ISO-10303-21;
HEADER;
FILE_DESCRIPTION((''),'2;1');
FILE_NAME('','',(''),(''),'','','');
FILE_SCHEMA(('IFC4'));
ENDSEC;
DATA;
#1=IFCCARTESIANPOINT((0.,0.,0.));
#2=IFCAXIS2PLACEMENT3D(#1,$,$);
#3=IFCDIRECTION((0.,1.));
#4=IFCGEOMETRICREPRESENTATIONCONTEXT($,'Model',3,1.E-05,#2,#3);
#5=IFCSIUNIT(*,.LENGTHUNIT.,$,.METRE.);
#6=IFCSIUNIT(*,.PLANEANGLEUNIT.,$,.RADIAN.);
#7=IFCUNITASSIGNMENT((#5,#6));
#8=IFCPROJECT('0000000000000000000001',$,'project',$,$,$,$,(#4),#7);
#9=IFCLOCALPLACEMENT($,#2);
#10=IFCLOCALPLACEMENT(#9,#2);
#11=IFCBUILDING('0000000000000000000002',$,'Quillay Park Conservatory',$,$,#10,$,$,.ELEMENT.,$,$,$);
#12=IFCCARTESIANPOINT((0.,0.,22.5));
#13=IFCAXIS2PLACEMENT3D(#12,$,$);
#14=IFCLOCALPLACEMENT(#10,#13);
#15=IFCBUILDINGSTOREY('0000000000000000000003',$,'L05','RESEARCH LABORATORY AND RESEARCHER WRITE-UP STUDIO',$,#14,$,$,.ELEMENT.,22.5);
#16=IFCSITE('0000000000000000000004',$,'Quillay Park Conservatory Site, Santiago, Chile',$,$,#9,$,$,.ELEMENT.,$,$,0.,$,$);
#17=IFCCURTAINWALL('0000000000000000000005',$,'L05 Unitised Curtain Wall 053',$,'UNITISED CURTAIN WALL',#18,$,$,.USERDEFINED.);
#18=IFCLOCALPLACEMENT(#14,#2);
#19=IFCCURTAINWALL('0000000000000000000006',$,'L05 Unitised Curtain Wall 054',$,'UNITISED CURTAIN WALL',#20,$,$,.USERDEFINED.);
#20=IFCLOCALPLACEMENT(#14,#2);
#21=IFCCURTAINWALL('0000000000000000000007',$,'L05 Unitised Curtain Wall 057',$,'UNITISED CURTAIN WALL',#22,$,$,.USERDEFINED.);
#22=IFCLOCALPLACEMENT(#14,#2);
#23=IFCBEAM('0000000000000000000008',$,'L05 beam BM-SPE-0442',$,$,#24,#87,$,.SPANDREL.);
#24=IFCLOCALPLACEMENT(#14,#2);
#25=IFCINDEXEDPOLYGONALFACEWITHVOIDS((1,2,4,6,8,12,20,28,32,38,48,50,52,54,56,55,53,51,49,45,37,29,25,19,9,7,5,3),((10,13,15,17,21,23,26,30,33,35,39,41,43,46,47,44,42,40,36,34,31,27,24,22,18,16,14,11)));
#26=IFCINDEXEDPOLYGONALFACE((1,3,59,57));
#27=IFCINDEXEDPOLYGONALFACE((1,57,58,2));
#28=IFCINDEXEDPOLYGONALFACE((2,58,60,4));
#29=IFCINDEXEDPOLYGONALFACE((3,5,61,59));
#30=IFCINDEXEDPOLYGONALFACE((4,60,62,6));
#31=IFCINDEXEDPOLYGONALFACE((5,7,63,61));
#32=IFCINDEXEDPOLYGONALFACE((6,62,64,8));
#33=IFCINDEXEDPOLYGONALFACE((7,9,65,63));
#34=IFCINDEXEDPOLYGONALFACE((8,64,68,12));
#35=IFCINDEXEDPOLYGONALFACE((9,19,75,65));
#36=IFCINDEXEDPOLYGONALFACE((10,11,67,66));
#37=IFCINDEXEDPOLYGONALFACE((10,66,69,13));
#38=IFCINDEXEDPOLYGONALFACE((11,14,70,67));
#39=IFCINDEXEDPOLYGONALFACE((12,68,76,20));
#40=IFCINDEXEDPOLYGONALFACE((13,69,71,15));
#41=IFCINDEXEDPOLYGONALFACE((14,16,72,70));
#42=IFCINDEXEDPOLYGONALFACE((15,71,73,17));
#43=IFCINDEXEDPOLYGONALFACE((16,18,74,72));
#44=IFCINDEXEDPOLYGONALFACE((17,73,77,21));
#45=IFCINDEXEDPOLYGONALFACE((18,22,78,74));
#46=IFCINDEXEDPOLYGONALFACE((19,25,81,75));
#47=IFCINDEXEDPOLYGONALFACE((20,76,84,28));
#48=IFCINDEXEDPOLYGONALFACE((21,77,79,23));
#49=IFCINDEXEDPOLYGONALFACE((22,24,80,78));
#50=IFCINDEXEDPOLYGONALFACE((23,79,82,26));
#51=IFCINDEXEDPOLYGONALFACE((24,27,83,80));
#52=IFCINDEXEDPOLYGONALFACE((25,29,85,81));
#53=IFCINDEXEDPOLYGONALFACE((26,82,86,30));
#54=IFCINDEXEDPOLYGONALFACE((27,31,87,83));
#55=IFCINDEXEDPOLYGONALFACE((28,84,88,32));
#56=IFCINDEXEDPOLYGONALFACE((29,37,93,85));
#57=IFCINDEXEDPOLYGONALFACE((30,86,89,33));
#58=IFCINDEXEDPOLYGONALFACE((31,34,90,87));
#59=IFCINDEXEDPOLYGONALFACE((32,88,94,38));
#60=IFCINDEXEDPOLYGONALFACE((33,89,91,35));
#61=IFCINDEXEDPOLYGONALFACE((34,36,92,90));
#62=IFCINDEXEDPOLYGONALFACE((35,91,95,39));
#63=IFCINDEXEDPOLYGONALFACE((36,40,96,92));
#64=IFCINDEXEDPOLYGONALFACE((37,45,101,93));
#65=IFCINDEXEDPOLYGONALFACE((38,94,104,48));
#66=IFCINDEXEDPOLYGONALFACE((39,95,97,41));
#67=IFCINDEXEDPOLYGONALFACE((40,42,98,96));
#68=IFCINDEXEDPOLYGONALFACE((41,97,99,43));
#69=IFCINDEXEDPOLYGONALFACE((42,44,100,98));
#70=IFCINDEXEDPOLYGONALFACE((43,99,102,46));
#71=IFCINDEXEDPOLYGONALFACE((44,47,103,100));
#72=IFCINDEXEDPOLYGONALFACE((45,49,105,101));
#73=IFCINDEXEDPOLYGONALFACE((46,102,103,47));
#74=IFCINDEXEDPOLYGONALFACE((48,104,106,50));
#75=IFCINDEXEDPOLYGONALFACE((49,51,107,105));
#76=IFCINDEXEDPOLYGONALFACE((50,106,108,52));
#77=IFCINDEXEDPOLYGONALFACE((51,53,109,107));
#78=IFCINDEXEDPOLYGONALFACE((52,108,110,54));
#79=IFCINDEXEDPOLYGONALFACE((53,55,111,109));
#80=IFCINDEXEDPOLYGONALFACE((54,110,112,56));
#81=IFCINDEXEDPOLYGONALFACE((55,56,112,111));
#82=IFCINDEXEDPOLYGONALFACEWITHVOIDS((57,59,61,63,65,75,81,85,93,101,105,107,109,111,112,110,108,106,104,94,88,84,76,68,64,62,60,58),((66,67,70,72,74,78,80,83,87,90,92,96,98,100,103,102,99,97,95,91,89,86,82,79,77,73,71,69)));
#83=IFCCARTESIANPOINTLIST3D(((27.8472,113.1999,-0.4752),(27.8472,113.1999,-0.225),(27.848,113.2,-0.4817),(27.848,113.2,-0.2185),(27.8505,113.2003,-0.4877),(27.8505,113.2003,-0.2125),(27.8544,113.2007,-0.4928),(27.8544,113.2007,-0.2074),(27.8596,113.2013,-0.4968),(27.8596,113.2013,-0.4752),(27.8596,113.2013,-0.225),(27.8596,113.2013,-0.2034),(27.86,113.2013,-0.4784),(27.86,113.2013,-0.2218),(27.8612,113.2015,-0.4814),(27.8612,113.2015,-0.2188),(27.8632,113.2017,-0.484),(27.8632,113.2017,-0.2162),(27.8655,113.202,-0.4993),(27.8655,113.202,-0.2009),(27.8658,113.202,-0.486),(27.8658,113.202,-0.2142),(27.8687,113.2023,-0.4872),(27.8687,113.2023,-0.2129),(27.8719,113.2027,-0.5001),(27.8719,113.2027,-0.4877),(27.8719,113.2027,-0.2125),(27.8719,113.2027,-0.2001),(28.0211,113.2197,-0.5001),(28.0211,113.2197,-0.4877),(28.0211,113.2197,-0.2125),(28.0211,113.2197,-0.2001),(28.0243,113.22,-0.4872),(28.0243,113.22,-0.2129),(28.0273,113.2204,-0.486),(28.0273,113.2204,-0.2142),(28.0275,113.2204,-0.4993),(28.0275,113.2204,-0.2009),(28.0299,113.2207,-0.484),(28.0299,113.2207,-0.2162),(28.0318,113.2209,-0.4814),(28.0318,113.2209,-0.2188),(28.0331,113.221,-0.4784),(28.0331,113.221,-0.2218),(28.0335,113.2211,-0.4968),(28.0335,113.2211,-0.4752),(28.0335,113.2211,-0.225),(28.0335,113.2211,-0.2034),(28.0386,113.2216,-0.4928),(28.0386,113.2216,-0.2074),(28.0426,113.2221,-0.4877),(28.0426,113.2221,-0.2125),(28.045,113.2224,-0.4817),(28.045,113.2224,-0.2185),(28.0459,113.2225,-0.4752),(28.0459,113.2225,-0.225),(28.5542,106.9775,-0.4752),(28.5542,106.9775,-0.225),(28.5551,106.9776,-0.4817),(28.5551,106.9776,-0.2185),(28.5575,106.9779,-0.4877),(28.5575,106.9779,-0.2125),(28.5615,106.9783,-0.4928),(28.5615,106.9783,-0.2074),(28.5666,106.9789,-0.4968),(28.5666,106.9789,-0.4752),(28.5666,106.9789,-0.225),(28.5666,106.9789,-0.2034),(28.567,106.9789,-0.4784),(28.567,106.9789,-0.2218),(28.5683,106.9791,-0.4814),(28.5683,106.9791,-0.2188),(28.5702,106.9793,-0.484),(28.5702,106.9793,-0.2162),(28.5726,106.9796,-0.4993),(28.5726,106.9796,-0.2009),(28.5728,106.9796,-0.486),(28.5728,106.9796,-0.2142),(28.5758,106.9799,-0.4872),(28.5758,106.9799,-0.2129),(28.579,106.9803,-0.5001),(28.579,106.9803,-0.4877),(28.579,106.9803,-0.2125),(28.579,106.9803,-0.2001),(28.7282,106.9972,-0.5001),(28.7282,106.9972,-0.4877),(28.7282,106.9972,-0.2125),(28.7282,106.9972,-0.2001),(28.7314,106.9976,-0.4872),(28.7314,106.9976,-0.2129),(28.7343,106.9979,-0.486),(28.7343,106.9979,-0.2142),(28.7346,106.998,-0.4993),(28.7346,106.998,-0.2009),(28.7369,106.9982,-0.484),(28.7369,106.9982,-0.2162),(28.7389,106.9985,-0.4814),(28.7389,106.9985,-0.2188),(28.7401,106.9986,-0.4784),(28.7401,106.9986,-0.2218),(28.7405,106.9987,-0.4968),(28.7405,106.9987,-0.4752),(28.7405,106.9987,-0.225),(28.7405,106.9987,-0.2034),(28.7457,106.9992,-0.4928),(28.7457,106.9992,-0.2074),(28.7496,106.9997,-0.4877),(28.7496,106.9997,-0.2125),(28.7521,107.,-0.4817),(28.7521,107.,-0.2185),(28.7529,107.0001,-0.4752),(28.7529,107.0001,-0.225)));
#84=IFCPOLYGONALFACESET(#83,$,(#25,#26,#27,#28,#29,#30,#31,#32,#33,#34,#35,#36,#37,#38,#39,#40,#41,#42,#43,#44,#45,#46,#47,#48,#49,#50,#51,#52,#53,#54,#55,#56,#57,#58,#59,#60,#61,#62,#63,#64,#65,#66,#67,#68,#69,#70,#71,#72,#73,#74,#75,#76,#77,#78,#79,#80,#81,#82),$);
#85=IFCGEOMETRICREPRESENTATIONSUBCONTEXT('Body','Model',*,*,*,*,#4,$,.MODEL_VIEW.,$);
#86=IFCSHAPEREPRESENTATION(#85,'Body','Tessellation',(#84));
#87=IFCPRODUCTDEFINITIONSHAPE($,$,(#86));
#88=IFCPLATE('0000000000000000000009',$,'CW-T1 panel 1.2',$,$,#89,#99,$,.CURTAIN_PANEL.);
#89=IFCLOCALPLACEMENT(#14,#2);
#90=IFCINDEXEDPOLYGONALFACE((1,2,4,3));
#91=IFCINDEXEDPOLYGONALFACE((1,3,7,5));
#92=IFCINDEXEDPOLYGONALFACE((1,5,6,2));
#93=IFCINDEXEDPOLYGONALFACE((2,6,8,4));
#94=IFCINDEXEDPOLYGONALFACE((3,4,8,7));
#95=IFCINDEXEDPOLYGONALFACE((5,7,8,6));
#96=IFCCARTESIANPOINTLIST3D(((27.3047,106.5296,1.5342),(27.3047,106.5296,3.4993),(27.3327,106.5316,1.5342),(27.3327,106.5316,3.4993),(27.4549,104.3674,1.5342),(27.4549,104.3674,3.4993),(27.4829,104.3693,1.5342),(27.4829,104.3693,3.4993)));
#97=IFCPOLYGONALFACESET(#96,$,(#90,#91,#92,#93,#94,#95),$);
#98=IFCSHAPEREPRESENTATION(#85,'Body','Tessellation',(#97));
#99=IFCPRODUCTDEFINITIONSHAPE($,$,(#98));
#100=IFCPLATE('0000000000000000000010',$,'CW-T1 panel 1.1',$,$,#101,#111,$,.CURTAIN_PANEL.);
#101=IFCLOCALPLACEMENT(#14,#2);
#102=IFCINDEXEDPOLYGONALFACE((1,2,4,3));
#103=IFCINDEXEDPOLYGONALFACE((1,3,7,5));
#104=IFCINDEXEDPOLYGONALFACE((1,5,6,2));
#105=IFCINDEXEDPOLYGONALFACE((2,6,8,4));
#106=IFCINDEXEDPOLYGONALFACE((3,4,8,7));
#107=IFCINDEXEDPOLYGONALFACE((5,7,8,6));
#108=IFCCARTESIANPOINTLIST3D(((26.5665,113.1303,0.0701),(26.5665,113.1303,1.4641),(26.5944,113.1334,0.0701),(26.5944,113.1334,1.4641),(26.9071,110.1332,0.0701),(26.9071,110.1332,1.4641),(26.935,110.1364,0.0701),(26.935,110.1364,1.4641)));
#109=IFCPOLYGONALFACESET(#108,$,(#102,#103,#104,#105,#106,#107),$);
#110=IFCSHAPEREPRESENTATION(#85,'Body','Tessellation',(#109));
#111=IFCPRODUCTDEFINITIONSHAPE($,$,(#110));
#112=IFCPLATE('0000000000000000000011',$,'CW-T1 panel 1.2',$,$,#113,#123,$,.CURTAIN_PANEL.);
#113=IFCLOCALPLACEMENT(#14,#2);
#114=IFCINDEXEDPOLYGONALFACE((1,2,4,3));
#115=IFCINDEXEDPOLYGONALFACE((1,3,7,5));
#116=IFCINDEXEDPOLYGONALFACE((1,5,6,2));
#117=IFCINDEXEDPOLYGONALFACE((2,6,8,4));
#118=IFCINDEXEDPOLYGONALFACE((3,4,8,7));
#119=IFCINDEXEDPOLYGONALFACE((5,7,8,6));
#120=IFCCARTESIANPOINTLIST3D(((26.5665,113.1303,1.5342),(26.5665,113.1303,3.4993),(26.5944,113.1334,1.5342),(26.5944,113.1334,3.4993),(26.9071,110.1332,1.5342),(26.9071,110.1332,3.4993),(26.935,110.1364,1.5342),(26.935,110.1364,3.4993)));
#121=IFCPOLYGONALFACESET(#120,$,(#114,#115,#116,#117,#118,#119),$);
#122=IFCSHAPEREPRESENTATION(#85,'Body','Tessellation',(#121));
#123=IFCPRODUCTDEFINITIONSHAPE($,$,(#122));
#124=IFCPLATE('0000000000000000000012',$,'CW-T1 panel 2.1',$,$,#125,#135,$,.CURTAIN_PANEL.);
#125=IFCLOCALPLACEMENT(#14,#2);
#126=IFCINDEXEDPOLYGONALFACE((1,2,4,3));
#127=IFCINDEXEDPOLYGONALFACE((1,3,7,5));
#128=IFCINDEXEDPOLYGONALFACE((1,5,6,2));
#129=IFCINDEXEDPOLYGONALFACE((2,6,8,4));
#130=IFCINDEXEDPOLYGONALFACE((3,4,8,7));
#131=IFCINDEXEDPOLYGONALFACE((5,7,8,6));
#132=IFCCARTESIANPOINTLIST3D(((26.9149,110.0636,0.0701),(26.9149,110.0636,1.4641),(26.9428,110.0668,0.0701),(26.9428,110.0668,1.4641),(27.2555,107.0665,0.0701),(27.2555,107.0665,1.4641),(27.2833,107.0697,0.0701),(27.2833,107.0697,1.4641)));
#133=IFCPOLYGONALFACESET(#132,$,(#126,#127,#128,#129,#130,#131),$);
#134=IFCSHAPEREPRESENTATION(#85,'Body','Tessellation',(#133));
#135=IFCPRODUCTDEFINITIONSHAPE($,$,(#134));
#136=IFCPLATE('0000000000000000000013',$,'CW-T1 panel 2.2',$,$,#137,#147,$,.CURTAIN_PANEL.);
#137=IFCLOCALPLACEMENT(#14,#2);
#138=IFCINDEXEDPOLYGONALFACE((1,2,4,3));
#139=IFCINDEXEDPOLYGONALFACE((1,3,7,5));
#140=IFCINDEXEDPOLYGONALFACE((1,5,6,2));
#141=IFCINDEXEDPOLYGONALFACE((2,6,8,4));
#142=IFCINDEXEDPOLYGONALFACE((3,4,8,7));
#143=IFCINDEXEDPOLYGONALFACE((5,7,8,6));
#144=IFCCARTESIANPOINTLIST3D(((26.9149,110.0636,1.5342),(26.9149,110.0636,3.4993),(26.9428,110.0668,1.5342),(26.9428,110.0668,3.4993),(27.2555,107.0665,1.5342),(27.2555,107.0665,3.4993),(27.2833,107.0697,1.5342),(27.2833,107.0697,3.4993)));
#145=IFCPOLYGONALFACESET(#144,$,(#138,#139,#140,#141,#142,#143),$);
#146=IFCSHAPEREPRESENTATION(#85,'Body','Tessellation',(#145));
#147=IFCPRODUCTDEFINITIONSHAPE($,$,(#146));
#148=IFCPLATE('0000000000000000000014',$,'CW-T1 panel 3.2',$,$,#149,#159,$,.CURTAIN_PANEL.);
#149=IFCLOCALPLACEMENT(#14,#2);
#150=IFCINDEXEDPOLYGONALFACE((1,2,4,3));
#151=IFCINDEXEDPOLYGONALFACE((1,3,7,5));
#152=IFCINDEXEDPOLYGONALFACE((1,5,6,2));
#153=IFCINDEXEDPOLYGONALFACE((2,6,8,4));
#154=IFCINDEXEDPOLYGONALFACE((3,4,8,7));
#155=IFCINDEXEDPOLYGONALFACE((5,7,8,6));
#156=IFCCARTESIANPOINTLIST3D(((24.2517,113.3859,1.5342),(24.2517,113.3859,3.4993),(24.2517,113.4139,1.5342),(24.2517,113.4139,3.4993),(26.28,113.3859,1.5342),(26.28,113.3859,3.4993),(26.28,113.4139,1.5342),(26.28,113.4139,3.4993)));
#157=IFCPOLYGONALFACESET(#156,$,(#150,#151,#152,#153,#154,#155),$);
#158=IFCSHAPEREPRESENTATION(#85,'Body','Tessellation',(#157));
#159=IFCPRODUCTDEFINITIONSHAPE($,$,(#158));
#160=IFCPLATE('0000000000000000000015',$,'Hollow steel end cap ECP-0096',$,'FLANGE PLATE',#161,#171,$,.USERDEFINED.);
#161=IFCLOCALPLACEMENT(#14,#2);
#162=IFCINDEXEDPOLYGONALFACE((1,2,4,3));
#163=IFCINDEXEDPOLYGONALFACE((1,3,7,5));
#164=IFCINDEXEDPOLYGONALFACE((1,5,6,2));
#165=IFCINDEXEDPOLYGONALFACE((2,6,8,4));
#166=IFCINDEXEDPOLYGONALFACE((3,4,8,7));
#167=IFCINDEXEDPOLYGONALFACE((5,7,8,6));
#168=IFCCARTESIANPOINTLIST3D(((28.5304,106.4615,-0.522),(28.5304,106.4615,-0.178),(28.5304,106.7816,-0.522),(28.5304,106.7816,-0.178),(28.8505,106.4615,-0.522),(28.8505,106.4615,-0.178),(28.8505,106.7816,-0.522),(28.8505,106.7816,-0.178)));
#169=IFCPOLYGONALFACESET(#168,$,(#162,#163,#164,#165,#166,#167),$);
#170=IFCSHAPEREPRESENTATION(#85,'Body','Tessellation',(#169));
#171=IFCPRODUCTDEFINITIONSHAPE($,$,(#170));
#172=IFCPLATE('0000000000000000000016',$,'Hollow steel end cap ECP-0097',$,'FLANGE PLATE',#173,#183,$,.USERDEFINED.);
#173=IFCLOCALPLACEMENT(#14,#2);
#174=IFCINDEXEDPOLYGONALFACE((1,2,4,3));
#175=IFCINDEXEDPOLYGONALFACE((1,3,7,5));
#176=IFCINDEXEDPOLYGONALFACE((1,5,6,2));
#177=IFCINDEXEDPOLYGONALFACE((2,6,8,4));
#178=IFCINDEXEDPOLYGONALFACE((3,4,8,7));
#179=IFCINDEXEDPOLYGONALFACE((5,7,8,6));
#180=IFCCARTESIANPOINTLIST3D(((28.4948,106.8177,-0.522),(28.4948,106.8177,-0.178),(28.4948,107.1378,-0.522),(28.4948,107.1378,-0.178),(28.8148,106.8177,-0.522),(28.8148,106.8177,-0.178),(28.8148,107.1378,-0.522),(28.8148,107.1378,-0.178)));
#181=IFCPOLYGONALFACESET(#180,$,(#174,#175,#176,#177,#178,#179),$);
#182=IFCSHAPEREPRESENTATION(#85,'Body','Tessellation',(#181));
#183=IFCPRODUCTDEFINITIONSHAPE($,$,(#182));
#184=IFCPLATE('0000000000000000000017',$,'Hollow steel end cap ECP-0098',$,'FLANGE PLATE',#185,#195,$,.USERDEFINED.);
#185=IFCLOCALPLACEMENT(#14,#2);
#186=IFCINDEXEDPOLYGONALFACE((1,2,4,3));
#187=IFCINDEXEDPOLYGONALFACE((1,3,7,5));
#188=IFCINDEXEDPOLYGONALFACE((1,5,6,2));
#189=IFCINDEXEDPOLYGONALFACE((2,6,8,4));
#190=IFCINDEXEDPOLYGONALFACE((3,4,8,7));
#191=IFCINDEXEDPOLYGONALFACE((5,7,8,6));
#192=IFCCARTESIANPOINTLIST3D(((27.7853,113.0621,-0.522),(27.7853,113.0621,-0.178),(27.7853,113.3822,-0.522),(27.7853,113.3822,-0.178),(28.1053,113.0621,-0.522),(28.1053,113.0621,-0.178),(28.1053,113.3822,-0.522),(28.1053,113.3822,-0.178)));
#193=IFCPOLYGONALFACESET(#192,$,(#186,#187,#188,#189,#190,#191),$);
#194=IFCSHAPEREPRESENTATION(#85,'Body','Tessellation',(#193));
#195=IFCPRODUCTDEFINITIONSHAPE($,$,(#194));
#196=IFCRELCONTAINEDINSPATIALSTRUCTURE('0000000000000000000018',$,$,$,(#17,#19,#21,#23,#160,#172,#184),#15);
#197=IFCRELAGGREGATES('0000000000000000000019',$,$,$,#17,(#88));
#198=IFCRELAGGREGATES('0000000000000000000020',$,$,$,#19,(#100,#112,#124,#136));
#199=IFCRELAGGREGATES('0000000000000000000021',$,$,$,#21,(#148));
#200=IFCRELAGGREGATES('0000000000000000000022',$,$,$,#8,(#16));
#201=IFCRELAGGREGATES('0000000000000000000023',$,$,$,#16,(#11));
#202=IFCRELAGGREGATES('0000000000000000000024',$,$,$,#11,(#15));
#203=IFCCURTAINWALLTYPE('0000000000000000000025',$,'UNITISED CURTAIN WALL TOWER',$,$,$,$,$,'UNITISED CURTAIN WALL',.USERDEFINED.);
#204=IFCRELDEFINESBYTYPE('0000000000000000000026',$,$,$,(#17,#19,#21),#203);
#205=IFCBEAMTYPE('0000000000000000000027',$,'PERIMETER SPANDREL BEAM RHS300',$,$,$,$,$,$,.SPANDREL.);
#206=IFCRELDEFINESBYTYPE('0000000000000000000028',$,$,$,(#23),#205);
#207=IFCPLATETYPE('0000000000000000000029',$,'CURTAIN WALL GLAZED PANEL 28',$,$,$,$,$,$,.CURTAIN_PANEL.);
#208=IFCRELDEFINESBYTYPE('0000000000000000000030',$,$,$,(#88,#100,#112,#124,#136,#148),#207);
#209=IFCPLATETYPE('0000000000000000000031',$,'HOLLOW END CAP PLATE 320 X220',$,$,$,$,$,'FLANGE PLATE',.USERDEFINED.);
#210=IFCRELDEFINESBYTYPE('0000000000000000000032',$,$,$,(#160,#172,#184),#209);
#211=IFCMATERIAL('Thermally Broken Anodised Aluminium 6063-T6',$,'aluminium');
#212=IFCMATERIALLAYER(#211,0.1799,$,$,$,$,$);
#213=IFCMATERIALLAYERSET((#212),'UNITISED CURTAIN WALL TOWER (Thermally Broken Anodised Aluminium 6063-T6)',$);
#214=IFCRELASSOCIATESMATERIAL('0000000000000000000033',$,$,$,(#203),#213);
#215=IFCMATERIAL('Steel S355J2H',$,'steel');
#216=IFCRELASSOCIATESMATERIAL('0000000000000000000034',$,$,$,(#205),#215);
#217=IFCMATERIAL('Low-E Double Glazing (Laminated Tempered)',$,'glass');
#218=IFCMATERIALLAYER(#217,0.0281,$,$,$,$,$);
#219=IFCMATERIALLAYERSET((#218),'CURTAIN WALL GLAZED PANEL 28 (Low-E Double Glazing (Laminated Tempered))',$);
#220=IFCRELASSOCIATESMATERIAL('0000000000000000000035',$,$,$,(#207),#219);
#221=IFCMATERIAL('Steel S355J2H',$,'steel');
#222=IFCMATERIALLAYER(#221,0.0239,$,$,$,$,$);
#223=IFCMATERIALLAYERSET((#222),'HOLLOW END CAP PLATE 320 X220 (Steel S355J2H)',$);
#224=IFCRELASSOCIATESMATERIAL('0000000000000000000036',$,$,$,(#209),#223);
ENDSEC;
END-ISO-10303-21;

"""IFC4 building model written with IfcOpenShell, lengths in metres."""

from ifc_helpers import new_model, si_unit, direction, frame, origin, origin_2d, place, context, subcontext, project, spatial, rectangle, hollow_rectangle, extrude, material, layer, layer_set, material_profile, profile_set, type_object, element, aggregate, save


model = new_model("IFC4")

# Units and contexts
model_context = context("Model", 3, precision=1e-05, world=origin(), true_north=direction((0.0, 1.0)))
body_context = subcontext(model_context, "Body", "Model", "MODEL_VIEW")
ifc_project = project(units=[si_unit("LENGTHUNIT", "METRE"), si_unit("PLANEANGLEUNIT", "RADIAN")], contexts=[model_context])

# Site, building, storey
site_placement = place(None, origin())
site = spatial("IfcSite", under=ifc_project, at=site_placement, Name="Quillay Park Conservatory Site, Santiago, Chile", CompositionType="ELEMENT", RefElevation=0.0)
building_placement = place(site_placement, origin())
building = spatial("IfcBuilding", under=site, at=building_placement, Name="Quillay Park Conservatory", CompositionType="ELEMENT")
storey_placement = place(building_placement, frame((0.0, 0.0, 22.5)))
storey = spatial("IfcBuildingStorey", under=building, at=storey_placement, Name="L05", Description="RESEARCH LABORATORY AND RESEARCHER WRITE-UP STUDIO", CompositionType="ELEMENT", Elevation=22.5)

# Curtain wall
ifc_material_1 = material(Name="Thermally Broken Anodised Aluminium 6063-T6", Category="aluminium")
ifc_layer_1 = layer(ifc_material_1, 0.1799)
ifc_layer_set_1 = layer_set([ifc_layer_1], Name="UNITISED CURTAIN WALL TOWER (Thermally Broken Anodised Aluminium 6063-T6)")
curtain_wall_type = type_object("IfcCurtainWallType", Name="UNITISED CURTAIN WALL TOWER", ElementType="UNITISED CURTAIN WALL", PredefinedType="USERDEFINED", material=ifc_layer_set_1)
curtain_wall_1_placement = place(storey_placement, origin())
curtain_wall_1 = element("IfcCurtainWall", 1, at=curtain_wall_1_placement, inside=storey, type_object=curtain_wall_type, Name="L05 Unitised Curtain Wall 053", ObjectType="UNITISED CURTAIN WALL", PredefinedType="USERDEFINED")

# Curtain wall
curtain_wall_2_placement = place(storey_placement, origin())
curtain_wall_2 = element("IfcCurtainWall", 2, at=curtain_wall_2_placement, inside=storey, type_object=curtain_wall_type, Name="L05 Unitised Curtain Wall 054", ObjectType="UNITISED CURTAIN WALL", PredefinedType="USERDEFINED")

# Curtain wall
curtain_wall_3_placement = place(storey_placement, origin())
curtain_wall_3 = element("IfcCurtainWall", 3, at=curtain_wall_3_placement, inside=storey, type_object=curtain_wall_type, Name="L05 Unitised Curtain Wall 057", ObjectType="UNITISED CURTAIN WALL", PredefinedType="USERDEFINED")

# Beam
ifc_material_2 = material(Name="Steel S355J2H", Category="steel")
ifc_material_profile_1 = material_profile(ifc_material_2, hollow_rectangle(XDim=0.2, YDim=0.3, WallThickness=0.0125, InnerFilletRadius=0.0125, OuterFilletRadius=0.0249, at=origin_2d()), Name="RHS300x200x12.5")
ifc_profile_set_1 = profile_set([ifc_material_profile_1], Name="Steel S355J2H")
beam_type = type_object("IfcBeamType", Name="PERIMETER SPANDREL BEAM RHS300", PredefinedType="SPANDREL", material=ifc_profile_set_1)
beam_placement = place(storey_placement, frame((28.6536, 106.9888, -0.3501), z_axis=(-0.1129, 0.993606, 0.0), x_axis=(-0.993606, -0.1129, 0.0)))
element("IfcBeam", 4, at=beam_placement, inside=storey, type_object=beam_type, Name="L05 beam BM-SPE-0442", PredefinedType="SPANDREL", context=body_context, shape_type="SweptSolid", body=[
    extrude(hollow_rectangle(XDim=0.2, YDim=0.3, WallThickness=0.0125, InnerFilletRadius=0.0125, OuterFilletRadius=0.0249, at=origin_2d()), origin(), (0.0, 0.0, 1.0), 6.2625),
])

# Plates
ifc_material_3 = material(Name="Low-E Double Glazing (Laminated Tempered)", Category="glass")
ifc_layer_2 = layer(ifc_material_3, 0.0281)
ifc_layer_set_2 = layer_set([ifc_layer_2], Name="CURTAIN WALL GLAZED PANEL 28 (Low-E Double Glazing (Laminated Tempered))")
plate_type_1 = type_object("IfcPlateType", Name="CURTAIN WALL GLAZED PANEL 28", PredefinedType="CURTAIN_PANEL", material=ifc_layer_set_2)
plate_1_placement = place(storey_placement, frame((27.3938, 105.4495, 1.5342), z_axis=(0.0, 0.0, 1.0), x_axis=(0.069264, -0.997598, 0.0)))
plate_1 = element("IfcPlate", 5, at=plate_1_placement, type_object=plate_type_1, Name="CW-T1 panel 1.2", PredefinedType="CURTAIN_PANEL", context=body_context, shape_type="SweptSolid", body=[
    extrude(rectangle(XDim=2.1675, YDim=0.0281, at=origin_2d()), origin(), (0.0, 0.0, 1.0), 1.9651),
])
aggregate(curtain_wall_1, [plate_1])
plate_2_placement = place(storey_placement, frame((26.7507, 111.6333, 0.0701), z_axis=(0.0, 0.0, 1.0), x_axis=(0.112903, -0.993606, 0.0)))
plate_2 = element("IfcPlate", 6, at=plate_2_placement, type_object=plate_type_1, Name="CW-T1 panel 1.1", PredefinedType="CURTAIN_PANEL", context=body_context, shape_type="SweptSolid", body=[
    extrude(rectangle(XDim=3.0164, YDim=0.0281, at=origin_2d()), origin(), (0.0, 0.0, 1.0), 1.394),
])
plate_3_placement = place(storey_placement, frame((26.7507, 111.6333, 1.5342), z_axis=(0.0, 0.0, 1.0), x_axis=(0.112903, -0.993606, 0.0)))
plate_3 = element("IfcPlate", 7, at=plate_3_placement, type_object=plate_type_1, Name="CW-T1 panel 1.2", PredefinedType="CURTAIN_PANEL", context=body_context, shape_type="SweptSolid", body=[
    extrude(rectangle(XDim=3.0164, YDim=0.0281, at=origin_2d()), origin(), (0.0, 0.0, 1.0), 1.9651),
])
plate_4_placement = place(storey_placement, frame((27.0991, 108.5667, 0.0701), z_axis=(0.0, 0.0, 1.0), x_axis=(0.112903, -0.993606, 0.0)))
plate_4 = element("IfcPlate", 8, at=plate_4_placement, type_object=plate_type_1, Name="CW-T1 panel 2.1", PredefinedType="CURTAIN_PANEL", context=body_context, shape_type="SweptSolid", body=[
    extrude(rectangle(XDim=3.0164, YDim=0.0281, at=origin_2d()), origin(), (0.0, 0.0, 1.0), 1.394),
])
plate_5_placement = place(storey_placement, frame((27.0991, 108.5667, 1.5342), z_axis=(0.0, 0.0, 1.0), x_axis=(0.112903, -0.993606, 0.0)))
plate_5 = element("IfcPlate", 9, at=plate_5_placement, type_object=plate_type_1, Name="CW-T1 panel 2.2", PredefinedType="CURTAIN_PANEL", context=body_context, shape_type="SweptSolid", body=[
    extrude(rectangle(XDim=3.0164, YDim=0.0281, at=origin_2d()), origin(), (0.0, 0.0, 1.0), 1.9651),
])
aggregate(curtain_wall_2, [plate_2, plate_3, plate_4, plate_5])
plate_6_placement = place(storey_placement, frame((25.2659, 113.3999, 1.5342), z_axis=(0.0, 0.0, 1.0), x_axis=(1.0, 0.0, 0.0)))
plate_6 = element("IfcPlate", 10, at=plate_6_placement, type_object=plate_type_1, Name="CW-T1 panel 3.2", PredefinedType="CURTAIN_PANEL", context=body_context, shape_type="SweptSolid", body=[
    extrude(rectangle(XDim=2.0283, YDim=0.0281, at=origin_2d()), origin(), (0.0, 0.0, 1.0), 1.9651),
])
aggregate(curtain_wall_3, [plate_6])

# Plates
ifc_material_4 = material(Name="Steel S355J2H", Category="steel")
ifc_layer_3 = layer(ifc_material_4, 0.0239)
ifc_layer_set_3 = layer_set([ifc_layer_3], Name="HOLLOW END CAP PLATE 320 X220 (Steel S355J2H)")
plate_type_2 = type_object("IfcPlateType", Name="HOLLOW END CAP PLATE 320 X220", ElementType="FLANGE PLATE", PredefinedType="USERDEFINED", material=ifc_layer_set_3)
for number, where, z_axis, x_axis, name in (
    (11, (28.6904, 106.6216, -0.522), (0.0, 0.0, 1.0), (1.0, 0.0, 0.0), "Hollow steel end cap ECP-0096"),
    (12, (28.6548, 106.9778, -0.522), (0.0, 0.0, 1.0), (1.0, 0.0, 0.0), "Hollow steel end cap ECP-0097"),
    (13, (27.9453, 113.2222, -0.522), (0.0, 0.0, 1.0), (1.0, 0.0, 0.0), "Hollow steel end cap ECP-0098"),
):
    element("IfcPlate", number, at=place(storey_placement, frame(where, z_axis=z_axis, x_axis=x_axis)), inside=storey, type_object=plate_type_2, Name=name, ObjectType="FLANGE PLATE", PredefinedType="USERDEFINED", context=body_context, shape_type="SweptSolid", body=[
        extrude(rectangle(XDim=0.3201, YDim=0.3201, at=origin_2d()), origin(), (0.0, 0.0, 1.0), 0.344),
    ])

save(model, "model.ifc")
